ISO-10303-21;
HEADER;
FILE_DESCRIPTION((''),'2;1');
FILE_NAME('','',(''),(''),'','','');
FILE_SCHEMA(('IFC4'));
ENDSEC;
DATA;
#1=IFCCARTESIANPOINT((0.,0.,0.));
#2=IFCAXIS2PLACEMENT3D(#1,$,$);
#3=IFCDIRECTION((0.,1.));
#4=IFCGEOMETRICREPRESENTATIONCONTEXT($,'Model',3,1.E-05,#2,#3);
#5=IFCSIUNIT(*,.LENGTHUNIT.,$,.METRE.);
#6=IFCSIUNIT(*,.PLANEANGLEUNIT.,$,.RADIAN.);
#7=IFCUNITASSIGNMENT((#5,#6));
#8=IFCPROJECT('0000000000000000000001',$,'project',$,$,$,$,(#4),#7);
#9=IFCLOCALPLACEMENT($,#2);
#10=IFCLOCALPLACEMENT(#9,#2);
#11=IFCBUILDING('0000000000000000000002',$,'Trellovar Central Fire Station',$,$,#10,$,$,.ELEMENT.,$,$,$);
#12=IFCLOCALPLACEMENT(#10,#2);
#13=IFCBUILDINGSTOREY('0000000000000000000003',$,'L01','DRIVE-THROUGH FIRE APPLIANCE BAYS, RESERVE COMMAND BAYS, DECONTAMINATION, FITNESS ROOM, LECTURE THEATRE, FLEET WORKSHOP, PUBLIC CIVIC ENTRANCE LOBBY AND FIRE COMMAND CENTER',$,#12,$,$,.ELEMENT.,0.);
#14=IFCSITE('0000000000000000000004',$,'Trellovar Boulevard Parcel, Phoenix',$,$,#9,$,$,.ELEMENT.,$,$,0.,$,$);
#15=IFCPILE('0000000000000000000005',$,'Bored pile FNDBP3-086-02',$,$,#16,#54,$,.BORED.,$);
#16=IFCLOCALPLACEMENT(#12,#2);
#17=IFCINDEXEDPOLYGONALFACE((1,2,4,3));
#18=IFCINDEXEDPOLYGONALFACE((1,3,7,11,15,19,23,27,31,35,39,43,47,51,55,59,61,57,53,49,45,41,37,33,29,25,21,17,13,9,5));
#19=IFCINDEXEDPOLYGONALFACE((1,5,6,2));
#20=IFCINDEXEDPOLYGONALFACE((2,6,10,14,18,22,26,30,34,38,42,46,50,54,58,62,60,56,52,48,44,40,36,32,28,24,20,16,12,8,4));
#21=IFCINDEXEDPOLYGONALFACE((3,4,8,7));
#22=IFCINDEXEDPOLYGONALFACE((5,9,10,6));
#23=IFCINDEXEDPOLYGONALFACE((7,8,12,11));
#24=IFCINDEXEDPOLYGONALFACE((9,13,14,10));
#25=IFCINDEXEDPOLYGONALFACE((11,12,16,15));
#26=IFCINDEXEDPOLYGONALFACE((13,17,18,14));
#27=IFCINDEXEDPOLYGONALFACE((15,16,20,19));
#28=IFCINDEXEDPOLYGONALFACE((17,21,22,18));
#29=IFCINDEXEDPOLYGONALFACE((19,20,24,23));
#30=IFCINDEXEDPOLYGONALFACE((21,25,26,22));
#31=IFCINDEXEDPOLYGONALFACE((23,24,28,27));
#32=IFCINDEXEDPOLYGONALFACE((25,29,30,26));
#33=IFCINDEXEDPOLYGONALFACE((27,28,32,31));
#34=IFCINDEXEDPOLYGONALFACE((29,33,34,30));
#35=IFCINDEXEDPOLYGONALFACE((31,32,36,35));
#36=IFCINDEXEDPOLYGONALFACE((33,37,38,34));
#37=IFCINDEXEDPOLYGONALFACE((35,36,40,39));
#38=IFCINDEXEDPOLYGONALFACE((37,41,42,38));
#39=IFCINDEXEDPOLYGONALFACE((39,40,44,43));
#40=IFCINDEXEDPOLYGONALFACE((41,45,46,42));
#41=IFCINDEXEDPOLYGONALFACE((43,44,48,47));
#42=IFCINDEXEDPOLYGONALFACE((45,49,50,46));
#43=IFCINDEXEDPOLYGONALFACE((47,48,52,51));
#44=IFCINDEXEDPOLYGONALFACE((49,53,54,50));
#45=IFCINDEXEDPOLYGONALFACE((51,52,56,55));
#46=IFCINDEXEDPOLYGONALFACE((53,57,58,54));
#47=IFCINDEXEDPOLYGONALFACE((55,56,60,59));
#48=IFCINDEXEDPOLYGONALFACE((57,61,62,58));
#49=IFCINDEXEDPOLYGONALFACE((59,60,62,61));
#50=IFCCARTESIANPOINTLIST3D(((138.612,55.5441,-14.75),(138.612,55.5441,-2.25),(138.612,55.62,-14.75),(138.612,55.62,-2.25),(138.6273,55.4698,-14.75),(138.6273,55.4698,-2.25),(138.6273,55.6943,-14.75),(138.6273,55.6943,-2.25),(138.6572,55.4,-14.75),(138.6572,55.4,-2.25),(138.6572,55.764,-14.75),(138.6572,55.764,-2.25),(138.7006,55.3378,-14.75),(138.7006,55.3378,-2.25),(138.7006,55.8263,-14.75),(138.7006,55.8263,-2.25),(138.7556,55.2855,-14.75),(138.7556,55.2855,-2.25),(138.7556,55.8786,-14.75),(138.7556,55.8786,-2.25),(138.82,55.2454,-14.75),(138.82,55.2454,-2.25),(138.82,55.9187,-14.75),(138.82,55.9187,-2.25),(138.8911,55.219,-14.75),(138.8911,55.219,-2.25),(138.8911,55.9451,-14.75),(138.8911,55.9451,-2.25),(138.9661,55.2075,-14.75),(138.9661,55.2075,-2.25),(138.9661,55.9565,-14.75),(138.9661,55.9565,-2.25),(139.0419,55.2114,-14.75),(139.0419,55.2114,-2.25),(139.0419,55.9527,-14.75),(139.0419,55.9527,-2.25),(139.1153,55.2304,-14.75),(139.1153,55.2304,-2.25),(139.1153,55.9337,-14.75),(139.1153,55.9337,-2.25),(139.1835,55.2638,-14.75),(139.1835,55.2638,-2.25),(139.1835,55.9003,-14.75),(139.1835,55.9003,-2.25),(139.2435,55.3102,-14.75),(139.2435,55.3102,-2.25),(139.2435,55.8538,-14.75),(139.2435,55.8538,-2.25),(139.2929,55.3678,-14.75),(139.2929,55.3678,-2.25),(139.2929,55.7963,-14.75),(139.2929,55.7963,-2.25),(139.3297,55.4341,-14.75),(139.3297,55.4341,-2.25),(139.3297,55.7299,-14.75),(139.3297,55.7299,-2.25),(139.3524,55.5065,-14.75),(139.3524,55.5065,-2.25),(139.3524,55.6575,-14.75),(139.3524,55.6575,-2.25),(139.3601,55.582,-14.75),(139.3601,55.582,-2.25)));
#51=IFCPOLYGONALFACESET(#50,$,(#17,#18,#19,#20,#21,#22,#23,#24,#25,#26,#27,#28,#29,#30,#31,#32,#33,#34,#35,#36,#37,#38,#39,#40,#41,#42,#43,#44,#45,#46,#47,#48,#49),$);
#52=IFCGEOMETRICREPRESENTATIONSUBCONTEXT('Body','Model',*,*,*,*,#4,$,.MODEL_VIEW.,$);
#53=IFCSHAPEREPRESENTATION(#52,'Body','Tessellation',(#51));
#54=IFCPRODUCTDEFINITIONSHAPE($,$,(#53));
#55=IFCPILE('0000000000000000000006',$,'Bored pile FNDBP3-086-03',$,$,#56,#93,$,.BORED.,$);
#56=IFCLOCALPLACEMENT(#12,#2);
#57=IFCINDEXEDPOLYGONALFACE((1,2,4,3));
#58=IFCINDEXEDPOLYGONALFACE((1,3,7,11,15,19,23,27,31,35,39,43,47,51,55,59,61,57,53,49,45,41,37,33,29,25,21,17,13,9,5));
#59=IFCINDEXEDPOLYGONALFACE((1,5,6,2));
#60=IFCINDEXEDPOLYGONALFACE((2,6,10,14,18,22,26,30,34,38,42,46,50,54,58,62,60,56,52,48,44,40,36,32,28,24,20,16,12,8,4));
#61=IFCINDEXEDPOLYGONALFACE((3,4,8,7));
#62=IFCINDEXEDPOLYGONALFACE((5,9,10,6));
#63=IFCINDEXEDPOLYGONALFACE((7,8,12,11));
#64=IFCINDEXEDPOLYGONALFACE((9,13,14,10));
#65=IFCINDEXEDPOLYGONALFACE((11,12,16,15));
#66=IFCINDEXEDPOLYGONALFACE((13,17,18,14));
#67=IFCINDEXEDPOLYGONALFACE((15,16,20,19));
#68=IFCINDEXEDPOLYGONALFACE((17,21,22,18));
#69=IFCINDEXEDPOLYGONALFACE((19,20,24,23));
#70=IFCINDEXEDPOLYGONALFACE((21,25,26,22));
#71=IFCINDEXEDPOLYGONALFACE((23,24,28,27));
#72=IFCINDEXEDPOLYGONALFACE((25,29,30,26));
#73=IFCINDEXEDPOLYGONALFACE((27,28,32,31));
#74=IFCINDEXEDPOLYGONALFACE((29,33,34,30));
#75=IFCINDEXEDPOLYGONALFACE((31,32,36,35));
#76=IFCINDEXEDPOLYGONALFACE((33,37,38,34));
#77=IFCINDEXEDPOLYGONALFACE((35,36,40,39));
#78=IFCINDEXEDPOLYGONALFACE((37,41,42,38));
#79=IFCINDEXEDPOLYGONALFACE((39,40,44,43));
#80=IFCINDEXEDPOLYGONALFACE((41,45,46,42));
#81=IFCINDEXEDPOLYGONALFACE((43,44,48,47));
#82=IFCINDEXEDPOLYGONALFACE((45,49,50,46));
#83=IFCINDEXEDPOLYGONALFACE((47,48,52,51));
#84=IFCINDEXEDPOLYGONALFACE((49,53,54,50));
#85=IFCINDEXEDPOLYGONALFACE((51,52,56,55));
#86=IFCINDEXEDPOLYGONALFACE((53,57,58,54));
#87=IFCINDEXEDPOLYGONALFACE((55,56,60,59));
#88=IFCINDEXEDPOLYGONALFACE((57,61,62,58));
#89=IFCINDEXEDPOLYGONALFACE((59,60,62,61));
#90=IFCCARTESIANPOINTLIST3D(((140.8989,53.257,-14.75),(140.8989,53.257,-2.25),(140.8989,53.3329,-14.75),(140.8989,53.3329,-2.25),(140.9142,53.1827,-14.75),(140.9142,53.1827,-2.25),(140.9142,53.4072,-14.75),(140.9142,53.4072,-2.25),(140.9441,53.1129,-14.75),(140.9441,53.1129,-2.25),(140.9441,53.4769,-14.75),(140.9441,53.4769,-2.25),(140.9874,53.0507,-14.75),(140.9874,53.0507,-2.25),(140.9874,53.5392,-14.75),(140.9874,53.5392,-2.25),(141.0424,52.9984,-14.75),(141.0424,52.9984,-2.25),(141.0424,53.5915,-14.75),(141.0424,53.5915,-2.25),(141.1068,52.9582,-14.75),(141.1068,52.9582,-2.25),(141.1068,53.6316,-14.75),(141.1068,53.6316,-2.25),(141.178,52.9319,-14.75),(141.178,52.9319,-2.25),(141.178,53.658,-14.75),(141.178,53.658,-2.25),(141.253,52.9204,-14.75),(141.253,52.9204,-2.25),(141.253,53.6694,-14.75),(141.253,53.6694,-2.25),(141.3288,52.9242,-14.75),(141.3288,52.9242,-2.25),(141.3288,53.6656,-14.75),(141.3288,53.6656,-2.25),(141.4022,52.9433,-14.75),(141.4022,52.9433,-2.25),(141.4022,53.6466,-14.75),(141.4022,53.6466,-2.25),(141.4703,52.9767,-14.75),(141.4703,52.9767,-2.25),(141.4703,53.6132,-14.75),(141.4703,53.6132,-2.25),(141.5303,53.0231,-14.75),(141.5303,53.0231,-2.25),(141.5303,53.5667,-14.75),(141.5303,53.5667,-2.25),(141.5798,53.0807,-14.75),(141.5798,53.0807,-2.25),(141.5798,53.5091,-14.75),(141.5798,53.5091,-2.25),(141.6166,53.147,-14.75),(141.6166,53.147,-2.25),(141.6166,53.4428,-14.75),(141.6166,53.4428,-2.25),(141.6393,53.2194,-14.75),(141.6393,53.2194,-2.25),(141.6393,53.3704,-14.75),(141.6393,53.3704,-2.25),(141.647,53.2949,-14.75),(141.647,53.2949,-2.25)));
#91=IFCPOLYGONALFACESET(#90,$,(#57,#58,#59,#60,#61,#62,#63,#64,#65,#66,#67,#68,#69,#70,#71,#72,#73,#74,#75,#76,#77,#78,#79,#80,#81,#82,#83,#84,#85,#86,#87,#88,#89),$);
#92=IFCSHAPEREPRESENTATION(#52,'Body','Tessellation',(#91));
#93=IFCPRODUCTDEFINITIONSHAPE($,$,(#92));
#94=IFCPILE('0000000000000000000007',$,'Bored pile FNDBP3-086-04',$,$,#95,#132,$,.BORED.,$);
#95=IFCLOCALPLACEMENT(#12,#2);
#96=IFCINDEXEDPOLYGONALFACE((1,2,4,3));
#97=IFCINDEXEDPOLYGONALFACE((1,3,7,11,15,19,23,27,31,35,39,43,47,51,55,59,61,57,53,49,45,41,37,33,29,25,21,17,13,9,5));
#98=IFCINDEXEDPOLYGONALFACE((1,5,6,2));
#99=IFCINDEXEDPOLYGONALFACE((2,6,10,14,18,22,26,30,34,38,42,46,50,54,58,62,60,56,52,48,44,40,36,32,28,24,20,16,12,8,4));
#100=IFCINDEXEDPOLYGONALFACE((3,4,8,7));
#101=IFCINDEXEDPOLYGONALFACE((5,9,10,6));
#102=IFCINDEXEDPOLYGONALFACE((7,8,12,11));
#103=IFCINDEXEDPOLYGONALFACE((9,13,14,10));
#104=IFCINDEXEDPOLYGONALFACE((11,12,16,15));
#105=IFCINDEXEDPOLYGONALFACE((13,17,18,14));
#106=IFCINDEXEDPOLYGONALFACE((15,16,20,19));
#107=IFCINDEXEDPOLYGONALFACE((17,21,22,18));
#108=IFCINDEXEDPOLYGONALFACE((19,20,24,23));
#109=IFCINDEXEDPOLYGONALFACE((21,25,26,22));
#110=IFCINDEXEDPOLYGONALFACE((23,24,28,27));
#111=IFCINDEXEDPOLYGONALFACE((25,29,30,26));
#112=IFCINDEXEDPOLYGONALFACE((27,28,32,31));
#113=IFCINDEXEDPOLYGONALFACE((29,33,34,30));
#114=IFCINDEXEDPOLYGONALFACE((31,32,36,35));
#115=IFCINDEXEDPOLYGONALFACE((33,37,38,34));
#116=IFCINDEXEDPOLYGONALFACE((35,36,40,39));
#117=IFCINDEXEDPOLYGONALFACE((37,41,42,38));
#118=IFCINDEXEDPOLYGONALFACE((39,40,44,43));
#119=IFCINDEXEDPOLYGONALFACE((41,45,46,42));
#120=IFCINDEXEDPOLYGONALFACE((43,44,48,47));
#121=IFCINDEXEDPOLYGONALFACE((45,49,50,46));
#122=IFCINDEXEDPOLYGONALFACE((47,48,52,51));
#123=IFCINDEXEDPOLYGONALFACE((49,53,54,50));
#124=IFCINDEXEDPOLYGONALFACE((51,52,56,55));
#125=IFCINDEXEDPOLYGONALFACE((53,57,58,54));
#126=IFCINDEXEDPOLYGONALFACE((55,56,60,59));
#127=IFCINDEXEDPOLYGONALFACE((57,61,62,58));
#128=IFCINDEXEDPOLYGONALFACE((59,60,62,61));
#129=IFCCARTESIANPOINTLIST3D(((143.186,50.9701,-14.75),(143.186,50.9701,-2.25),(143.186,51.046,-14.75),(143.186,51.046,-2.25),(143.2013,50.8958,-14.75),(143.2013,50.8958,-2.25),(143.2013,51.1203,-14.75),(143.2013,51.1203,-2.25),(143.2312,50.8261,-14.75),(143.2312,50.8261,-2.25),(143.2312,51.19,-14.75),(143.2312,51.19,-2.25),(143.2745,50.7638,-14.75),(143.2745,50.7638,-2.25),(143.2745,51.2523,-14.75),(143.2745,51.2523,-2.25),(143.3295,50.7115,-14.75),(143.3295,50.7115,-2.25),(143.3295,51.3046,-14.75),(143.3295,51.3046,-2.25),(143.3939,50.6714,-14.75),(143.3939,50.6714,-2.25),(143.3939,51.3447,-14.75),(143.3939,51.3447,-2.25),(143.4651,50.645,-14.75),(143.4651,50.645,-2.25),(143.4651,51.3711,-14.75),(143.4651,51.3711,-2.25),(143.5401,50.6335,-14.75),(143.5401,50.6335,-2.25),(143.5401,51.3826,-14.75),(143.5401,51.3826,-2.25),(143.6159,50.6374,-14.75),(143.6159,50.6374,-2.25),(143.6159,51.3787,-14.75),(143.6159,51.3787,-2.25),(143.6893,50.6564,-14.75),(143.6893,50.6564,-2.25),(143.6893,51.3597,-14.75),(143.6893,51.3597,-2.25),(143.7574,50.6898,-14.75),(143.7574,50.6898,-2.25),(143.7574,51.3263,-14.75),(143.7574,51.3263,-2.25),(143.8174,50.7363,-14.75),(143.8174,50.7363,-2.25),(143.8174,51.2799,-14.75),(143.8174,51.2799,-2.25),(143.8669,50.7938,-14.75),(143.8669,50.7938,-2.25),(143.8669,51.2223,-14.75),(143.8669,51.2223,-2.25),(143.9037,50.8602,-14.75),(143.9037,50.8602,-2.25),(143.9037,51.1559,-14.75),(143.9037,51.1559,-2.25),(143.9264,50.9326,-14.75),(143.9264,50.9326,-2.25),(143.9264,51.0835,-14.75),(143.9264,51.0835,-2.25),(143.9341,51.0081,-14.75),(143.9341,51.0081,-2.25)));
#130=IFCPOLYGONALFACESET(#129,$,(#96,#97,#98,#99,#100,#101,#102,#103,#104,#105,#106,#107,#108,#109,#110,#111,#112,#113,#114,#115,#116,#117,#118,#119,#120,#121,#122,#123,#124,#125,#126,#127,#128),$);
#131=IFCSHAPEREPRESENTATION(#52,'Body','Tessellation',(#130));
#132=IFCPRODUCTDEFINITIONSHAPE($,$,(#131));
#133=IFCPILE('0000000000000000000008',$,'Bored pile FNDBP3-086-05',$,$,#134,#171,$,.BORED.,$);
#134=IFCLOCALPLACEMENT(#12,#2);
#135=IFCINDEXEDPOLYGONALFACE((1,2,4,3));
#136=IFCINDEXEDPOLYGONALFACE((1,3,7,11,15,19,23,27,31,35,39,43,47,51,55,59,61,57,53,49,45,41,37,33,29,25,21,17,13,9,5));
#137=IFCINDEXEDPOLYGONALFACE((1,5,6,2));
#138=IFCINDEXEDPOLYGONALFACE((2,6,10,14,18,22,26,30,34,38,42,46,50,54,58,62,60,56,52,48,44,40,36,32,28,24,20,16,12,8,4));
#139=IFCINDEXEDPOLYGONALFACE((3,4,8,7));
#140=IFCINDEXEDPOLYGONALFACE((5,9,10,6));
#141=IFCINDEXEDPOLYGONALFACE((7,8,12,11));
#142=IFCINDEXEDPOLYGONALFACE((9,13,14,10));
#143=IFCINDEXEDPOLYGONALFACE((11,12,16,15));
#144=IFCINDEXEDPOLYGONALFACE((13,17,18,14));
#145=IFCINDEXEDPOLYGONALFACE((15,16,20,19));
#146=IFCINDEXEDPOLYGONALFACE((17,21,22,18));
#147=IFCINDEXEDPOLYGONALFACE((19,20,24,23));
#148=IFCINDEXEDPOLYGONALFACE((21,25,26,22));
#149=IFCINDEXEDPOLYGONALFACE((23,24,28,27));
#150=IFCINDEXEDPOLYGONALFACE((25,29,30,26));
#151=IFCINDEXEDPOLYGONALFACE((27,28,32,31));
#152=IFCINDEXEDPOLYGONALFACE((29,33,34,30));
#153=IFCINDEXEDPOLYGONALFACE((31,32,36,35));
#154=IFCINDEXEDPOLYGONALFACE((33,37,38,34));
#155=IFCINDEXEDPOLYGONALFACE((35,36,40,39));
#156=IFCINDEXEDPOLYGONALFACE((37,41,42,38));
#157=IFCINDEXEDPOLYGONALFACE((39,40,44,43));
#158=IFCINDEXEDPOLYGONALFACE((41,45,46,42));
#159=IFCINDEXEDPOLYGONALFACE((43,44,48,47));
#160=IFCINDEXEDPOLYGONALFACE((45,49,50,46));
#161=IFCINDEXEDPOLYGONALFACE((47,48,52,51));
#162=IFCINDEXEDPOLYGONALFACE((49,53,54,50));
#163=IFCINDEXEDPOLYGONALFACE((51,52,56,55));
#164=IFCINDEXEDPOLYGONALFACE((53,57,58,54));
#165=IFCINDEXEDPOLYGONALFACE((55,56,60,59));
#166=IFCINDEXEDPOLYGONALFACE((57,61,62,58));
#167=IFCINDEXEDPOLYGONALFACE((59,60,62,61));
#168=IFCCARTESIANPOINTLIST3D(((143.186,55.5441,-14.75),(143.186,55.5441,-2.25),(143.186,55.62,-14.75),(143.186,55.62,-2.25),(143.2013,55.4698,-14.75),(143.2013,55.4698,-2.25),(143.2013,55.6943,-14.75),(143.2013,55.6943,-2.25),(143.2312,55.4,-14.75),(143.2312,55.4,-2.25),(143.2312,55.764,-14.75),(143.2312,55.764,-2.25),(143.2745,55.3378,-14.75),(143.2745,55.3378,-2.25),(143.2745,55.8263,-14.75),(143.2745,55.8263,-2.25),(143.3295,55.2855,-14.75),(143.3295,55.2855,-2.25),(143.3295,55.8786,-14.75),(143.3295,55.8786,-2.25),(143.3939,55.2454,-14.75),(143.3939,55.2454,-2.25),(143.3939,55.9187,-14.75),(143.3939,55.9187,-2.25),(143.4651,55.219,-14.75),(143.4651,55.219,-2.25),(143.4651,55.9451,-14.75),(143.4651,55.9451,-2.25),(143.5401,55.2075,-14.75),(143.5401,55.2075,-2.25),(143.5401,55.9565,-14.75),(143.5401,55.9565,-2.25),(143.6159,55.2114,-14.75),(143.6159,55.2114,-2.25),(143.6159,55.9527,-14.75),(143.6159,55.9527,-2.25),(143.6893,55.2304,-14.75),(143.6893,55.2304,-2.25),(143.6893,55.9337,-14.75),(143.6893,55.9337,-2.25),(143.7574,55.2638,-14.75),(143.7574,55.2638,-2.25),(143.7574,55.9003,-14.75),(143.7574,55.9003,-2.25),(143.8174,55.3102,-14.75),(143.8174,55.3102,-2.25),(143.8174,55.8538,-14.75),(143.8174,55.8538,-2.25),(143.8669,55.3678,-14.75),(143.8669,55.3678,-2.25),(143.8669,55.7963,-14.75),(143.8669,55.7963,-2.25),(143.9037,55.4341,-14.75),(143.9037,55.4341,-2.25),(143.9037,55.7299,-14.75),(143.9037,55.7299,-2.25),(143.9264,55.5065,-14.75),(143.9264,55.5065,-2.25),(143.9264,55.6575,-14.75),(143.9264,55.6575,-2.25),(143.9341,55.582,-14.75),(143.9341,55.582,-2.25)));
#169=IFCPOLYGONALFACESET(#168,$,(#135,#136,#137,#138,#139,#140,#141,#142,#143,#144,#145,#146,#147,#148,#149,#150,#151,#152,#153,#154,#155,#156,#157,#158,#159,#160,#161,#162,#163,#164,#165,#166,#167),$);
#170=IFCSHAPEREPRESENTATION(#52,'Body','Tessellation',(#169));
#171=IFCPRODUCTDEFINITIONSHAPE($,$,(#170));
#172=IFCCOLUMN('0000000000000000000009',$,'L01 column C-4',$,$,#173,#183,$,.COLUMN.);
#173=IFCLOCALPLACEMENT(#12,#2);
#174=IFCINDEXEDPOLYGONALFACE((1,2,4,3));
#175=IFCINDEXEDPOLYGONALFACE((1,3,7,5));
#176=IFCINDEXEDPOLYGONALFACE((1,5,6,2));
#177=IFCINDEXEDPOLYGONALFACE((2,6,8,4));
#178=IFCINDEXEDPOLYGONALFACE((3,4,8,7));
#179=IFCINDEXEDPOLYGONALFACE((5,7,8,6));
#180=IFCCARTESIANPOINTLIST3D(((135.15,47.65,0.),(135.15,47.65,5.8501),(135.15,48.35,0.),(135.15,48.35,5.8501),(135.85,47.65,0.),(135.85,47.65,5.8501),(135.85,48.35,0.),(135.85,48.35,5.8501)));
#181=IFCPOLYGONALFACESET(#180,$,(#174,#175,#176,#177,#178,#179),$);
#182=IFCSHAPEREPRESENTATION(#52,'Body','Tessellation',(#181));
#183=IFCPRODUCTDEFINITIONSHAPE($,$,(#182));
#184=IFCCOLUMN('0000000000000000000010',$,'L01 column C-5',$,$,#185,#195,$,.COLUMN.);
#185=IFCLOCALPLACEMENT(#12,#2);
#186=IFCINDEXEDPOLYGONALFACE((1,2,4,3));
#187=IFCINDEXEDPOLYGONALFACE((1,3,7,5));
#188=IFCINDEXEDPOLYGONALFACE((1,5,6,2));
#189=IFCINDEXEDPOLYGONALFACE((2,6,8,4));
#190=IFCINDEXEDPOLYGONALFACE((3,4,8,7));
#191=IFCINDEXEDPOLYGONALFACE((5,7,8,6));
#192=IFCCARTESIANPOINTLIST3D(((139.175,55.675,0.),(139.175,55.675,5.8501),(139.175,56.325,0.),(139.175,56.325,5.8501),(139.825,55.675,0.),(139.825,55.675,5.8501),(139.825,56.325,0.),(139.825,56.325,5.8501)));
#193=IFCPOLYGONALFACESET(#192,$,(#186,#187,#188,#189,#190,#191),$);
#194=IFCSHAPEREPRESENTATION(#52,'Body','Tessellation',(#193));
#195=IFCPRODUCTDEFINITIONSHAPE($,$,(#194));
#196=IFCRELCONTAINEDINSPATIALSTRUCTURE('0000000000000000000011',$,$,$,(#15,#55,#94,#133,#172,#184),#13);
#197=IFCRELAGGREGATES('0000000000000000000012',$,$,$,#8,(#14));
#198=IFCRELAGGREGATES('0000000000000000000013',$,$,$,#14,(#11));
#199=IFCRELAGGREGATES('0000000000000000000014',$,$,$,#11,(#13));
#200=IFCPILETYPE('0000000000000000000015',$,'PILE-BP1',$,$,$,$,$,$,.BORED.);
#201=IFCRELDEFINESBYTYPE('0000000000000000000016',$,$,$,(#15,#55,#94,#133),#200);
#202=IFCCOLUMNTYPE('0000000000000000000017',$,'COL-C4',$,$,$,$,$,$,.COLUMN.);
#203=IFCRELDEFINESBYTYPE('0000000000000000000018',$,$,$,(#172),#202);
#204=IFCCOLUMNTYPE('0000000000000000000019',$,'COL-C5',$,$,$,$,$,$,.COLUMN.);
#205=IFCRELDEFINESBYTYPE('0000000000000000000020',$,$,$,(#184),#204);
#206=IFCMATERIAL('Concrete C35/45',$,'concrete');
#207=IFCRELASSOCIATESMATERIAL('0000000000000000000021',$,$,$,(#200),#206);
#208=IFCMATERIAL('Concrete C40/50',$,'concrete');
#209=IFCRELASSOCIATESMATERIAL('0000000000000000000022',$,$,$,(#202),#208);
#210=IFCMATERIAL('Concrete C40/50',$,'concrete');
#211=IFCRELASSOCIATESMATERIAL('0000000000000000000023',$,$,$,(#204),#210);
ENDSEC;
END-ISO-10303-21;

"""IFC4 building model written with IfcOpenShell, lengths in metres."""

from ifc_helpers import new_model, si_unit, direction, frame, origin, origin_2d, place, context, subcontext, project, spatial, rectangle, circle, extrude, material, material_profile, profile_set, type_object, element, save


model = new_model("IFC4")

# Units and contexts
model_context = context("Model", 3, precision=1e-05, world=origin(), true_north=direction((0.0, 1.0)))
body_context = subcontext(model_context, "Body", "Model", "MODEL_VIEW")
ifc_project = project(units=[si_unit("LENGTHUNIT", "METRE"), si_unit("PLANEANGLEUNIT", "RADIAN")], contexts=[model_context])

# Site, building, storey
site_placement = place(None, origin())
site = spatial("IfcSite", under=ifc_project, at=site_placement, Name="Trellovar Boulevard Parcel, Phoenix", CompositionType="ELEMENT", RefElevation=0.0)
building_placement = place(site_placement, origin())
building = spatial("IfcBuilding", under=site, at=building_placement, Name="Trellovar Central Fire Station", CompositionType="ELEMENT")
storey_placement = place(building_placement, origin())
storey = spatial("IfcBuildingStorey", under=building, at=storey_placement, Name="L01", Description="DRIVE-THROUGH FIRE APPLIANCE BAYS, RESERVE COMMAND BAYS, DECONTAMINATION, FITNESS ROOM, LECTURE THEATRE, FLEET WORKSHOP, PUBLIC CIVIC ENTRANCE LOBBY AND FIRE COMMAND CENTER", CompositionType="ELEMENT", Elevation=0.0)

# Piles
ifc_material_1 = material(Name="Concrete C35/45", Category="concrete")
ifc_material_profile_1 = material_profile(ifc_material_1, circle(Radius=0.375, at=origin_2d()), Name="PILE750")
ifc_profile_set_1 = profile_set([ifc_material_profile_1], Name="Concrete C35/45")
pile_type = type_object("IfcPileType", Name="PILE-BP1", PredefinedType="BORED", material=ifc_profile_set_1)
for number, where, z_axis, x_axis, name in (
    (1, (138.9851, 55.582, -2.25), (0.0, 0.0, -1.0), (1.0, 0.0, 0.0), "Bored pile FNDBP3-086-02"),
    (2, (141.272, 53.2949, -2.25), (0.0, 0.0, -1.0), (1.0, 0.0, 0.0), "Bored pile FNDBP3-086-03"),
    (3, (143.5591, 51.0081, -2.25), (0.0, 0.0, -1.0), (1.0, 0.0, 0.0), "Bored pile FNDBP3-086-04"),
    (4, (143.5591, 55.582, -2.25), (0.0, 0.0, -1.0), (1.0, 0.0, 0.0), "Bored pile FNDBP3-086-05"),
):
    element("IfcPile", number, at=place(storey_placement, frame(where, z_axis=z_axis, x_axis=x_axis)), inside=storey, type_object=pile_type, Name=name, PredefinedType="BORED", context=body_context, shape_type="SweptSolid", body=[
        extrude(circle(Radius=0.375, at=origin_2d()), origin(), (0.0, 0.0, 1.0), 12.5),
    ])

# Columns
ifc_material_2 = material(Name="Concrete C40/50", Category="concrete")
ifc_material_profile_2 = material_profile(ifc_material_2, rectangle(XDim=0.7, YDim=0.7, at=origin_2d()), Name="RC700X700")
ifc_profile_set_2 = profile_set([ifc_material_profile_2], Name="Concrete C40/50")
column_type_1 = type_object("IfcColumnType", Name="COL-C4", PredefinedType="COLUMN", material=ifc_profile_set_2)
column_1_placement = place(storey_placement, frame((135.5, 48.0, 0.0), z_axis=(0.0, 0.0, 1.0), x_axis=(1.0, 0.0, 0.0)))
element("IfcColumn", 5, at=column_1_placement, inside=storey, type_object=column_type_1, Name="L01 column C-4", PredefinedType="COLUMN", context=body_context, shape_type="SweptSolid", body=[
    extrude(rectangle(XDim=0.7, YDim=0.7, at=origin_2d()), origin(), (0.0, 0.0, 1.0), 5.8501),
])
ifc_material_3 = material(Name="Concrete C40/50", Category="concrete")
ifc_material_profile_3 = material_profile(ifc_material_3, rectangle(XDim=0.6499, YDim=0.6499, at=origin_2d()), Name="RC650X650")
ifc_profile_set_3 = profile_set([ifc_material_profile_3], Name="Concrete C40/50")
column_type_2 = type_object("IfcColumnType", Name="COL-C5", PredefinedType="COLUMN", material=ifc_profile_set_3)
column_2_placement = place(storey_placement, frame((139.5, 56.0, 0.0), z_axis=(0.0, 0.0, 1.0), x_axis=(1.0, 0.0, 0.0)))
element("IfcColumn", 6, at=column_2_placement, inside=storey, type_object=column_type_2, Name="L01 column C-5", PredefinedType="COLUMN", context=body_context, shape_type="SweptSolid", body=[
    extrude(rectangle(XDim=0.6499, YDim=0.6499, at=origin_2d()), origin(), (0.0, 0.0, 1.0), 5.8501),
])

save(model, "model.ifc")
